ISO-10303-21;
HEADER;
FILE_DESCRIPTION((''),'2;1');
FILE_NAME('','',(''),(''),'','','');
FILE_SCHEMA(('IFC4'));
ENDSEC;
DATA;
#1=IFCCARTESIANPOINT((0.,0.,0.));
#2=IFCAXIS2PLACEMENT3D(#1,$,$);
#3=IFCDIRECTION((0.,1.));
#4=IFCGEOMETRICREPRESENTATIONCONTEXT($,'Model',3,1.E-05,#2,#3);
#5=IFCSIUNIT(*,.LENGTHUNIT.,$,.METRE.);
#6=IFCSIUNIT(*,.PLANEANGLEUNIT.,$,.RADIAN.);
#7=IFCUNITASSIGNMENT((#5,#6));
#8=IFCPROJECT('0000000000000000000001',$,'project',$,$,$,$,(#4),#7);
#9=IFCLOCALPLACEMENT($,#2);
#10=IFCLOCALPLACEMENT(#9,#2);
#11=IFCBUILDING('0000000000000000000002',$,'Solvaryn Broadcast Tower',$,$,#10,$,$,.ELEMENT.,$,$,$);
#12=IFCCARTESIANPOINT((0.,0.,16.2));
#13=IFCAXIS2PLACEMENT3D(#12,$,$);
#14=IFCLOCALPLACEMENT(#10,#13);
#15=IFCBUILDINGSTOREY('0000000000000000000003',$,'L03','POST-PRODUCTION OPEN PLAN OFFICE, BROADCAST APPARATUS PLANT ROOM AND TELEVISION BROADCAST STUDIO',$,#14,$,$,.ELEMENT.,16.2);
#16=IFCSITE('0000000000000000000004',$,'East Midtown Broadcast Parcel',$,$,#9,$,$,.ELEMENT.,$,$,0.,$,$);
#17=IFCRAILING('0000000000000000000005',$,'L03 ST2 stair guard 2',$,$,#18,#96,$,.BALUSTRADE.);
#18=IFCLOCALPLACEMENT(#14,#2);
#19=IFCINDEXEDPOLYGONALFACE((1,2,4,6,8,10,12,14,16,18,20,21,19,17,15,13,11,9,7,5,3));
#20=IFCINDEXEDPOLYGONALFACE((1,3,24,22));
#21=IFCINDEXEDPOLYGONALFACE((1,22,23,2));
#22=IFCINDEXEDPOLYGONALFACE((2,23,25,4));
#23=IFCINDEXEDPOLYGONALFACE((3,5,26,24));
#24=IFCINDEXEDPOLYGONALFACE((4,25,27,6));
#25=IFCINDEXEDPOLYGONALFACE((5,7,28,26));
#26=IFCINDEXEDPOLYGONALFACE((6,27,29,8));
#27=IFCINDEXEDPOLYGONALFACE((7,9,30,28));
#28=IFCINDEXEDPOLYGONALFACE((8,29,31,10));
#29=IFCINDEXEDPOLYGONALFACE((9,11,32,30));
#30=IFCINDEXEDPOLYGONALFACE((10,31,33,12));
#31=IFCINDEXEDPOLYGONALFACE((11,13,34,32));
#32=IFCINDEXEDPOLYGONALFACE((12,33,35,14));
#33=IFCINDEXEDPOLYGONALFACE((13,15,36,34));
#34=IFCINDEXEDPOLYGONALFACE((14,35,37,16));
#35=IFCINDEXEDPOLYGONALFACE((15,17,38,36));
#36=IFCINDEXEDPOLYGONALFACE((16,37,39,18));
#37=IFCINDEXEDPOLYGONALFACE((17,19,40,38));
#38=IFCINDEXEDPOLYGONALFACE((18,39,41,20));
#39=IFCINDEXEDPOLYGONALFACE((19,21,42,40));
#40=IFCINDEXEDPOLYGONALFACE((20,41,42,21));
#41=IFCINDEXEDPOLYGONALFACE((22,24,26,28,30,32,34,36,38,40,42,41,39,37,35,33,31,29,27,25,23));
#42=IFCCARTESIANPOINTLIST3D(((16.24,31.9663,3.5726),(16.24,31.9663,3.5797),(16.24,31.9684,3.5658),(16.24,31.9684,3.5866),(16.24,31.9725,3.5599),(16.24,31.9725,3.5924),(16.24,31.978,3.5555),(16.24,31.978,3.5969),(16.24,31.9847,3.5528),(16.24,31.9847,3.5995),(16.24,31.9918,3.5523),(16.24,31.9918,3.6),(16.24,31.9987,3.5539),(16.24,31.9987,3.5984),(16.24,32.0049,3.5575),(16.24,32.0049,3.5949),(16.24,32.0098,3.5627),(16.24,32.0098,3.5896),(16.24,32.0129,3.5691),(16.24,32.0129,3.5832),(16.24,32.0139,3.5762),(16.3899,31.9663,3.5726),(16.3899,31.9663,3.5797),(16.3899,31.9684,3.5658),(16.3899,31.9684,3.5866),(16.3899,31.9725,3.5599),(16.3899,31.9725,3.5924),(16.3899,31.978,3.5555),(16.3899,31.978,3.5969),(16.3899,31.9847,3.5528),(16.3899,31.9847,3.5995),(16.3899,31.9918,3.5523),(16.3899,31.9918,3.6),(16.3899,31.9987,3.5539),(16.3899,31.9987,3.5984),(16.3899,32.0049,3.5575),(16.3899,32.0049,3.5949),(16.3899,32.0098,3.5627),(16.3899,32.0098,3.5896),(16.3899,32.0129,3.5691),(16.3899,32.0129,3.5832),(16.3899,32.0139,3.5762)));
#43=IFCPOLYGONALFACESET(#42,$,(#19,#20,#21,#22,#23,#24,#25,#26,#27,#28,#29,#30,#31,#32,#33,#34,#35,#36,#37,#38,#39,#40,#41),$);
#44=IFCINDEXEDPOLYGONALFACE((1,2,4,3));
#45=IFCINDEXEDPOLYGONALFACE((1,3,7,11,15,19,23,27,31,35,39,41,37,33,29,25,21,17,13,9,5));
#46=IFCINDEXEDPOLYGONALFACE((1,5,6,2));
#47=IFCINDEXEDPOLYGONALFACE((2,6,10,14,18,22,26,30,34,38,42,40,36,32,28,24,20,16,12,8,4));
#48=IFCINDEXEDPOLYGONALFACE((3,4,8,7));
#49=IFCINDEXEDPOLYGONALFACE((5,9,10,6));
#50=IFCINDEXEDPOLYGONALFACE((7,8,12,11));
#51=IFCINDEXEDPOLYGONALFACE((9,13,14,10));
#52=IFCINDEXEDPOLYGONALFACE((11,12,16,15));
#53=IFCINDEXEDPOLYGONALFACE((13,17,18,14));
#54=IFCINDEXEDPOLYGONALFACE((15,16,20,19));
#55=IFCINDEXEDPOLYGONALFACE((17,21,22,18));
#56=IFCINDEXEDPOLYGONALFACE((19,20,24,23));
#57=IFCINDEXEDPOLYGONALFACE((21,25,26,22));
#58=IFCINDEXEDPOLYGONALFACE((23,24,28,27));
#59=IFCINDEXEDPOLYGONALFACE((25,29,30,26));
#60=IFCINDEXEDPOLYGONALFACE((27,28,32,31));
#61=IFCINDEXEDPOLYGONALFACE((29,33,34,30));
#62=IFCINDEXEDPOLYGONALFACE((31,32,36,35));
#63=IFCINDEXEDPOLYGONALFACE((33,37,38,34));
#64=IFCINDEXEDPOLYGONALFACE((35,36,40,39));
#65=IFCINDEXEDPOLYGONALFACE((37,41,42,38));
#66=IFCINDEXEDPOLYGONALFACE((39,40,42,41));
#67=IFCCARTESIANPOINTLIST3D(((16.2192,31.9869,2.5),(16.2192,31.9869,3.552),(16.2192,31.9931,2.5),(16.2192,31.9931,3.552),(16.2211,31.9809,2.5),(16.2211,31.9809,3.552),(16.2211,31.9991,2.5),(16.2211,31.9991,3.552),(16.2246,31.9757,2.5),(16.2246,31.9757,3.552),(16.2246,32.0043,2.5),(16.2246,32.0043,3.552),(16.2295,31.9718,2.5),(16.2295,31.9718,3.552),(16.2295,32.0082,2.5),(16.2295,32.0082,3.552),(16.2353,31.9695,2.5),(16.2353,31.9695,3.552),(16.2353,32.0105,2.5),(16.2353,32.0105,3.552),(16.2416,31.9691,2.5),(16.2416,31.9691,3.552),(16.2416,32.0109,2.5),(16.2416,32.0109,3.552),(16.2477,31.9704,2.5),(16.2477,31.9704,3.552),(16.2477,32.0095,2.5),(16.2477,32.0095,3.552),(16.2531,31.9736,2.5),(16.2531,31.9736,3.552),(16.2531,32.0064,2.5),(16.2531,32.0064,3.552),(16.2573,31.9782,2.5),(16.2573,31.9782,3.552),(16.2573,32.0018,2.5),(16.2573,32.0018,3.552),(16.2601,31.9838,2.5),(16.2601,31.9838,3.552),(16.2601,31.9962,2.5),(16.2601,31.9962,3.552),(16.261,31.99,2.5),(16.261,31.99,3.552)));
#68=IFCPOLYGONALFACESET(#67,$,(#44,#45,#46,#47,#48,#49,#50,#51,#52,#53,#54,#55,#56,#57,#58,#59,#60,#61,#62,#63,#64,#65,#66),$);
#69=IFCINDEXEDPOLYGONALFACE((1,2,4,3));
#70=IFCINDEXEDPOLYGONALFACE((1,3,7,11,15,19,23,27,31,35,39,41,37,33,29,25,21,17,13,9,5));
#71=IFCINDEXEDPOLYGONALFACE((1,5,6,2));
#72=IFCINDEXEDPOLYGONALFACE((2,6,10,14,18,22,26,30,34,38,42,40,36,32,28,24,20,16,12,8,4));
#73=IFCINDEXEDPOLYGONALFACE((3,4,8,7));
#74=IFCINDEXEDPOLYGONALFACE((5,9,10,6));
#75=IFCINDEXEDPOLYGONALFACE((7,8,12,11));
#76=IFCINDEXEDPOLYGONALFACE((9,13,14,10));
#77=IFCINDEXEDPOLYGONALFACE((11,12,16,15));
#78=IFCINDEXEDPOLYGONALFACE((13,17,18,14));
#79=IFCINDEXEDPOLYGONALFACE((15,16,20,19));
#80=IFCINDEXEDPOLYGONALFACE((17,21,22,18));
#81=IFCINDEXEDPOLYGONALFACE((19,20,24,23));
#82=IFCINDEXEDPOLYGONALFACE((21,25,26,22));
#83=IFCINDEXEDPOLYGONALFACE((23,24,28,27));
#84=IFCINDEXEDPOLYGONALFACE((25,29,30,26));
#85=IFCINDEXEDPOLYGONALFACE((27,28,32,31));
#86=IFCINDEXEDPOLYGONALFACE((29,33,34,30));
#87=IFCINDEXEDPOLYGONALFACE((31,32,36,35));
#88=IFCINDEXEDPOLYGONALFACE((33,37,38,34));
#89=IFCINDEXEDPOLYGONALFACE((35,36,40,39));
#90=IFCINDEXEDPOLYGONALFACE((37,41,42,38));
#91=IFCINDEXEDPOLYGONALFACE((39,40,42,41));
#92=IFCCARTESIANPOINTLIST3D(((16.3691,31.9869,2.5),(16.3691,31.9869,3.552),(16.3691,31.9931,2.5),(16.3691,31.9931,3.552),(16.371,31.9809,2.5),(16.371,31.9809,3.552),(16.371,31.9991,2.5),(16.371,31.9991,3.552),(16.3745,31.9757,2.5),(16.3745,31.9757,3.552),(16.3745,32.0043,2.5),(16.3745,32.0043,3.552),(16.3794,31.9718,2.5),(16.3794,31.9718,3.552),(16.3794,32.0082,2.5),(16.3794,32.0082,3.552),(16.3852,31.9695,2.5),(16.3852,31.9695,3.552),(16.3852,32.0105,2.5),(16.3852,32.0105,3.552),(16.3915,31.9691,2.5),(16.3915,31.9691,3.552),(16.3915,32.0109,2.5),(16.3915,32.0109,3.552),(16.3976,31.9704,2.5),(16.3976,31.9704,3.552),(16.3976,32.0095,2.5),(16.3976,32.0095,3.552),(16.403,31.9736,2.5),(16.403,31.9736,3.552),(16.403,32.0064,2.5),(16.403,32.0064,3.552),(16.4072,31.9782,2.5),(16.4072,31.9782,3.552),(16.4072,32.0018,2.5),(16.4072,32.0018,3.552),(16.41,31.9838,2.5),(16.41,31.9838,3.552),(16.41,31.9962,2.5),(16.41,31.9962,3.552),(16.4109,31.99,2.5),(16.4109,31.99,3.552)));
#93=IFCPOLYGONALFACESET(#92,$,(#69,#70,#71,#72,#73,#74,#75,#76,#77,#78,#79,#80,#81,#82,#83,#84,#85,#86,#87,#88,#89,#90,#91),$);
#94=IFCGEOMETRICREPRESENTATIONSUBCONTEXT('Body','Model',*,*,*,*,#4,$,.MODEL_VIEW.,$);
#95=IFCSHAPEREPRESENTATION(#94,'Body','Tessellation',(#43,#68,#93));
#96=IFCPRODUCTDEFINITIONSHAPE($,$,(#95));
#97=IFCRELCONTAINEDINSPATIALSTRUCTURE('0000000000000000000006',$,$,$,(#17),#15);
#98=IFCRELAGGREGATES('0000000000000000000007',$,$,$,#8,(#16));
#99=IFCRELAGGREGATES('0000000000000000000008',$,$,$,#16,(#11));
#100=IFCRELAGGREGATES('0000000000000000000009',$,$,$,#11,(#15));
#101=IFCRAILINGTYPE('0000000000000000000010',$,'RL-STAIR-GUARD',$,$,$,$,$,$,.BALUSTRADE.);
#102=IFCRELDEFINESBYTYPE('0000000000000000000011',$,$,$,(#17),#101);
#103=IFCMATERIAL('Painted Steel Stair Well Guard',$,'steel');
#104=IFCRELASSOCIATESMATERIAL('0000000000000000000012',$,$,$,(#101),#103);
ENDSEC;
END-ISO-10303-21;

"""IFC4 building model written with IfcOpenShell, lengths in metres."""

from ifc_helpers import new_model, si_unit, direction, frame, origin, origin_2d, place, context, subcontext, project, spatial, circle, extrude, material, type_object, element, save


model = new_model("IFC4")

# Units and contexts
model_context = context("Model", 3, precision=1e-05, world=origin(), true_north=direction((0.0, 1.0)))
body_context = subcontext(model_context, "Body", "Model", "MODEL_VIEW")
ifc_project = project(units=[si_unit("LENGTHUNIT", "METRE"), si_unit("PLANEANGLEUNIT", "RADIAN")], contexts=[model_context])

# Site, building, storey
site_placement = place(None, origin())
site = spatial("IfcSite", under=ifc_project, at=site_placement, Name="East Midtown Broadcast Parcel", CompositionType="ELEMENT", RefElevation=0.0)
building_placement = place(site_placement, origin())
building = spatial("IfcBuilding", under=site, at=building_placement, Name="Solvaryn Broadcast Tower", CompositionType="ELEMENT")
storey_placement = place(building_placement, frame((0.0, 0.0, 16.2)))
storey = spatial("IfcBuildingStorey", under=building, at=storey_placement, Name="L03", Description="POST-PRODUCTION OPEN PLAN OFFICE, BROADCAST APPARATUS PLANT ROOM AND TELEVISION BROADCAST STUDIO", CompositionType="ELEMENT", Elevation=16.2)

# Railing
ifc_material_1 = material(Name="Painted Steel Stair Well Guard", Category="steel")
railing_type_1 = type_object("IfcRailingType", Name="RL-STAIR-GUARD", PredefinedType="BALUSTRADE", material=ifc_material_1)
railing_1_placement = place(storey_placement, frame((16.24, 31.99, 2.5)))
element("IfcRailing", 1, at=railing_1_placement, inside=storey, type_object=railing_type_1, Name="L03 ST2 stair guard 2", PredefinedType="BALUSTRADE", context=body_context, shape_type="SweptSolid", body=[
    extrude(circle(Radius=0.0239, at=origin_2d()), frame((0.0, 0.0, 1.0762), z_axis=(1.0, 0.0, 0.0), x_axis=(0.0, 1.0, 0.0)), (0.0, 0.0, 1.0), 0.1499),
    extrude(circle(Radius=0.021, at=origin_2d()), origin(), (0.0, 0.0, 1.0), 1.052),
    extrude(circle(Radius=0.021, at=origin_2d()), frame((0.1499, 0.0, 0.0)), (0.0, 0.0, 1.0), 1.052),
])

save(model, "model.ifc")
